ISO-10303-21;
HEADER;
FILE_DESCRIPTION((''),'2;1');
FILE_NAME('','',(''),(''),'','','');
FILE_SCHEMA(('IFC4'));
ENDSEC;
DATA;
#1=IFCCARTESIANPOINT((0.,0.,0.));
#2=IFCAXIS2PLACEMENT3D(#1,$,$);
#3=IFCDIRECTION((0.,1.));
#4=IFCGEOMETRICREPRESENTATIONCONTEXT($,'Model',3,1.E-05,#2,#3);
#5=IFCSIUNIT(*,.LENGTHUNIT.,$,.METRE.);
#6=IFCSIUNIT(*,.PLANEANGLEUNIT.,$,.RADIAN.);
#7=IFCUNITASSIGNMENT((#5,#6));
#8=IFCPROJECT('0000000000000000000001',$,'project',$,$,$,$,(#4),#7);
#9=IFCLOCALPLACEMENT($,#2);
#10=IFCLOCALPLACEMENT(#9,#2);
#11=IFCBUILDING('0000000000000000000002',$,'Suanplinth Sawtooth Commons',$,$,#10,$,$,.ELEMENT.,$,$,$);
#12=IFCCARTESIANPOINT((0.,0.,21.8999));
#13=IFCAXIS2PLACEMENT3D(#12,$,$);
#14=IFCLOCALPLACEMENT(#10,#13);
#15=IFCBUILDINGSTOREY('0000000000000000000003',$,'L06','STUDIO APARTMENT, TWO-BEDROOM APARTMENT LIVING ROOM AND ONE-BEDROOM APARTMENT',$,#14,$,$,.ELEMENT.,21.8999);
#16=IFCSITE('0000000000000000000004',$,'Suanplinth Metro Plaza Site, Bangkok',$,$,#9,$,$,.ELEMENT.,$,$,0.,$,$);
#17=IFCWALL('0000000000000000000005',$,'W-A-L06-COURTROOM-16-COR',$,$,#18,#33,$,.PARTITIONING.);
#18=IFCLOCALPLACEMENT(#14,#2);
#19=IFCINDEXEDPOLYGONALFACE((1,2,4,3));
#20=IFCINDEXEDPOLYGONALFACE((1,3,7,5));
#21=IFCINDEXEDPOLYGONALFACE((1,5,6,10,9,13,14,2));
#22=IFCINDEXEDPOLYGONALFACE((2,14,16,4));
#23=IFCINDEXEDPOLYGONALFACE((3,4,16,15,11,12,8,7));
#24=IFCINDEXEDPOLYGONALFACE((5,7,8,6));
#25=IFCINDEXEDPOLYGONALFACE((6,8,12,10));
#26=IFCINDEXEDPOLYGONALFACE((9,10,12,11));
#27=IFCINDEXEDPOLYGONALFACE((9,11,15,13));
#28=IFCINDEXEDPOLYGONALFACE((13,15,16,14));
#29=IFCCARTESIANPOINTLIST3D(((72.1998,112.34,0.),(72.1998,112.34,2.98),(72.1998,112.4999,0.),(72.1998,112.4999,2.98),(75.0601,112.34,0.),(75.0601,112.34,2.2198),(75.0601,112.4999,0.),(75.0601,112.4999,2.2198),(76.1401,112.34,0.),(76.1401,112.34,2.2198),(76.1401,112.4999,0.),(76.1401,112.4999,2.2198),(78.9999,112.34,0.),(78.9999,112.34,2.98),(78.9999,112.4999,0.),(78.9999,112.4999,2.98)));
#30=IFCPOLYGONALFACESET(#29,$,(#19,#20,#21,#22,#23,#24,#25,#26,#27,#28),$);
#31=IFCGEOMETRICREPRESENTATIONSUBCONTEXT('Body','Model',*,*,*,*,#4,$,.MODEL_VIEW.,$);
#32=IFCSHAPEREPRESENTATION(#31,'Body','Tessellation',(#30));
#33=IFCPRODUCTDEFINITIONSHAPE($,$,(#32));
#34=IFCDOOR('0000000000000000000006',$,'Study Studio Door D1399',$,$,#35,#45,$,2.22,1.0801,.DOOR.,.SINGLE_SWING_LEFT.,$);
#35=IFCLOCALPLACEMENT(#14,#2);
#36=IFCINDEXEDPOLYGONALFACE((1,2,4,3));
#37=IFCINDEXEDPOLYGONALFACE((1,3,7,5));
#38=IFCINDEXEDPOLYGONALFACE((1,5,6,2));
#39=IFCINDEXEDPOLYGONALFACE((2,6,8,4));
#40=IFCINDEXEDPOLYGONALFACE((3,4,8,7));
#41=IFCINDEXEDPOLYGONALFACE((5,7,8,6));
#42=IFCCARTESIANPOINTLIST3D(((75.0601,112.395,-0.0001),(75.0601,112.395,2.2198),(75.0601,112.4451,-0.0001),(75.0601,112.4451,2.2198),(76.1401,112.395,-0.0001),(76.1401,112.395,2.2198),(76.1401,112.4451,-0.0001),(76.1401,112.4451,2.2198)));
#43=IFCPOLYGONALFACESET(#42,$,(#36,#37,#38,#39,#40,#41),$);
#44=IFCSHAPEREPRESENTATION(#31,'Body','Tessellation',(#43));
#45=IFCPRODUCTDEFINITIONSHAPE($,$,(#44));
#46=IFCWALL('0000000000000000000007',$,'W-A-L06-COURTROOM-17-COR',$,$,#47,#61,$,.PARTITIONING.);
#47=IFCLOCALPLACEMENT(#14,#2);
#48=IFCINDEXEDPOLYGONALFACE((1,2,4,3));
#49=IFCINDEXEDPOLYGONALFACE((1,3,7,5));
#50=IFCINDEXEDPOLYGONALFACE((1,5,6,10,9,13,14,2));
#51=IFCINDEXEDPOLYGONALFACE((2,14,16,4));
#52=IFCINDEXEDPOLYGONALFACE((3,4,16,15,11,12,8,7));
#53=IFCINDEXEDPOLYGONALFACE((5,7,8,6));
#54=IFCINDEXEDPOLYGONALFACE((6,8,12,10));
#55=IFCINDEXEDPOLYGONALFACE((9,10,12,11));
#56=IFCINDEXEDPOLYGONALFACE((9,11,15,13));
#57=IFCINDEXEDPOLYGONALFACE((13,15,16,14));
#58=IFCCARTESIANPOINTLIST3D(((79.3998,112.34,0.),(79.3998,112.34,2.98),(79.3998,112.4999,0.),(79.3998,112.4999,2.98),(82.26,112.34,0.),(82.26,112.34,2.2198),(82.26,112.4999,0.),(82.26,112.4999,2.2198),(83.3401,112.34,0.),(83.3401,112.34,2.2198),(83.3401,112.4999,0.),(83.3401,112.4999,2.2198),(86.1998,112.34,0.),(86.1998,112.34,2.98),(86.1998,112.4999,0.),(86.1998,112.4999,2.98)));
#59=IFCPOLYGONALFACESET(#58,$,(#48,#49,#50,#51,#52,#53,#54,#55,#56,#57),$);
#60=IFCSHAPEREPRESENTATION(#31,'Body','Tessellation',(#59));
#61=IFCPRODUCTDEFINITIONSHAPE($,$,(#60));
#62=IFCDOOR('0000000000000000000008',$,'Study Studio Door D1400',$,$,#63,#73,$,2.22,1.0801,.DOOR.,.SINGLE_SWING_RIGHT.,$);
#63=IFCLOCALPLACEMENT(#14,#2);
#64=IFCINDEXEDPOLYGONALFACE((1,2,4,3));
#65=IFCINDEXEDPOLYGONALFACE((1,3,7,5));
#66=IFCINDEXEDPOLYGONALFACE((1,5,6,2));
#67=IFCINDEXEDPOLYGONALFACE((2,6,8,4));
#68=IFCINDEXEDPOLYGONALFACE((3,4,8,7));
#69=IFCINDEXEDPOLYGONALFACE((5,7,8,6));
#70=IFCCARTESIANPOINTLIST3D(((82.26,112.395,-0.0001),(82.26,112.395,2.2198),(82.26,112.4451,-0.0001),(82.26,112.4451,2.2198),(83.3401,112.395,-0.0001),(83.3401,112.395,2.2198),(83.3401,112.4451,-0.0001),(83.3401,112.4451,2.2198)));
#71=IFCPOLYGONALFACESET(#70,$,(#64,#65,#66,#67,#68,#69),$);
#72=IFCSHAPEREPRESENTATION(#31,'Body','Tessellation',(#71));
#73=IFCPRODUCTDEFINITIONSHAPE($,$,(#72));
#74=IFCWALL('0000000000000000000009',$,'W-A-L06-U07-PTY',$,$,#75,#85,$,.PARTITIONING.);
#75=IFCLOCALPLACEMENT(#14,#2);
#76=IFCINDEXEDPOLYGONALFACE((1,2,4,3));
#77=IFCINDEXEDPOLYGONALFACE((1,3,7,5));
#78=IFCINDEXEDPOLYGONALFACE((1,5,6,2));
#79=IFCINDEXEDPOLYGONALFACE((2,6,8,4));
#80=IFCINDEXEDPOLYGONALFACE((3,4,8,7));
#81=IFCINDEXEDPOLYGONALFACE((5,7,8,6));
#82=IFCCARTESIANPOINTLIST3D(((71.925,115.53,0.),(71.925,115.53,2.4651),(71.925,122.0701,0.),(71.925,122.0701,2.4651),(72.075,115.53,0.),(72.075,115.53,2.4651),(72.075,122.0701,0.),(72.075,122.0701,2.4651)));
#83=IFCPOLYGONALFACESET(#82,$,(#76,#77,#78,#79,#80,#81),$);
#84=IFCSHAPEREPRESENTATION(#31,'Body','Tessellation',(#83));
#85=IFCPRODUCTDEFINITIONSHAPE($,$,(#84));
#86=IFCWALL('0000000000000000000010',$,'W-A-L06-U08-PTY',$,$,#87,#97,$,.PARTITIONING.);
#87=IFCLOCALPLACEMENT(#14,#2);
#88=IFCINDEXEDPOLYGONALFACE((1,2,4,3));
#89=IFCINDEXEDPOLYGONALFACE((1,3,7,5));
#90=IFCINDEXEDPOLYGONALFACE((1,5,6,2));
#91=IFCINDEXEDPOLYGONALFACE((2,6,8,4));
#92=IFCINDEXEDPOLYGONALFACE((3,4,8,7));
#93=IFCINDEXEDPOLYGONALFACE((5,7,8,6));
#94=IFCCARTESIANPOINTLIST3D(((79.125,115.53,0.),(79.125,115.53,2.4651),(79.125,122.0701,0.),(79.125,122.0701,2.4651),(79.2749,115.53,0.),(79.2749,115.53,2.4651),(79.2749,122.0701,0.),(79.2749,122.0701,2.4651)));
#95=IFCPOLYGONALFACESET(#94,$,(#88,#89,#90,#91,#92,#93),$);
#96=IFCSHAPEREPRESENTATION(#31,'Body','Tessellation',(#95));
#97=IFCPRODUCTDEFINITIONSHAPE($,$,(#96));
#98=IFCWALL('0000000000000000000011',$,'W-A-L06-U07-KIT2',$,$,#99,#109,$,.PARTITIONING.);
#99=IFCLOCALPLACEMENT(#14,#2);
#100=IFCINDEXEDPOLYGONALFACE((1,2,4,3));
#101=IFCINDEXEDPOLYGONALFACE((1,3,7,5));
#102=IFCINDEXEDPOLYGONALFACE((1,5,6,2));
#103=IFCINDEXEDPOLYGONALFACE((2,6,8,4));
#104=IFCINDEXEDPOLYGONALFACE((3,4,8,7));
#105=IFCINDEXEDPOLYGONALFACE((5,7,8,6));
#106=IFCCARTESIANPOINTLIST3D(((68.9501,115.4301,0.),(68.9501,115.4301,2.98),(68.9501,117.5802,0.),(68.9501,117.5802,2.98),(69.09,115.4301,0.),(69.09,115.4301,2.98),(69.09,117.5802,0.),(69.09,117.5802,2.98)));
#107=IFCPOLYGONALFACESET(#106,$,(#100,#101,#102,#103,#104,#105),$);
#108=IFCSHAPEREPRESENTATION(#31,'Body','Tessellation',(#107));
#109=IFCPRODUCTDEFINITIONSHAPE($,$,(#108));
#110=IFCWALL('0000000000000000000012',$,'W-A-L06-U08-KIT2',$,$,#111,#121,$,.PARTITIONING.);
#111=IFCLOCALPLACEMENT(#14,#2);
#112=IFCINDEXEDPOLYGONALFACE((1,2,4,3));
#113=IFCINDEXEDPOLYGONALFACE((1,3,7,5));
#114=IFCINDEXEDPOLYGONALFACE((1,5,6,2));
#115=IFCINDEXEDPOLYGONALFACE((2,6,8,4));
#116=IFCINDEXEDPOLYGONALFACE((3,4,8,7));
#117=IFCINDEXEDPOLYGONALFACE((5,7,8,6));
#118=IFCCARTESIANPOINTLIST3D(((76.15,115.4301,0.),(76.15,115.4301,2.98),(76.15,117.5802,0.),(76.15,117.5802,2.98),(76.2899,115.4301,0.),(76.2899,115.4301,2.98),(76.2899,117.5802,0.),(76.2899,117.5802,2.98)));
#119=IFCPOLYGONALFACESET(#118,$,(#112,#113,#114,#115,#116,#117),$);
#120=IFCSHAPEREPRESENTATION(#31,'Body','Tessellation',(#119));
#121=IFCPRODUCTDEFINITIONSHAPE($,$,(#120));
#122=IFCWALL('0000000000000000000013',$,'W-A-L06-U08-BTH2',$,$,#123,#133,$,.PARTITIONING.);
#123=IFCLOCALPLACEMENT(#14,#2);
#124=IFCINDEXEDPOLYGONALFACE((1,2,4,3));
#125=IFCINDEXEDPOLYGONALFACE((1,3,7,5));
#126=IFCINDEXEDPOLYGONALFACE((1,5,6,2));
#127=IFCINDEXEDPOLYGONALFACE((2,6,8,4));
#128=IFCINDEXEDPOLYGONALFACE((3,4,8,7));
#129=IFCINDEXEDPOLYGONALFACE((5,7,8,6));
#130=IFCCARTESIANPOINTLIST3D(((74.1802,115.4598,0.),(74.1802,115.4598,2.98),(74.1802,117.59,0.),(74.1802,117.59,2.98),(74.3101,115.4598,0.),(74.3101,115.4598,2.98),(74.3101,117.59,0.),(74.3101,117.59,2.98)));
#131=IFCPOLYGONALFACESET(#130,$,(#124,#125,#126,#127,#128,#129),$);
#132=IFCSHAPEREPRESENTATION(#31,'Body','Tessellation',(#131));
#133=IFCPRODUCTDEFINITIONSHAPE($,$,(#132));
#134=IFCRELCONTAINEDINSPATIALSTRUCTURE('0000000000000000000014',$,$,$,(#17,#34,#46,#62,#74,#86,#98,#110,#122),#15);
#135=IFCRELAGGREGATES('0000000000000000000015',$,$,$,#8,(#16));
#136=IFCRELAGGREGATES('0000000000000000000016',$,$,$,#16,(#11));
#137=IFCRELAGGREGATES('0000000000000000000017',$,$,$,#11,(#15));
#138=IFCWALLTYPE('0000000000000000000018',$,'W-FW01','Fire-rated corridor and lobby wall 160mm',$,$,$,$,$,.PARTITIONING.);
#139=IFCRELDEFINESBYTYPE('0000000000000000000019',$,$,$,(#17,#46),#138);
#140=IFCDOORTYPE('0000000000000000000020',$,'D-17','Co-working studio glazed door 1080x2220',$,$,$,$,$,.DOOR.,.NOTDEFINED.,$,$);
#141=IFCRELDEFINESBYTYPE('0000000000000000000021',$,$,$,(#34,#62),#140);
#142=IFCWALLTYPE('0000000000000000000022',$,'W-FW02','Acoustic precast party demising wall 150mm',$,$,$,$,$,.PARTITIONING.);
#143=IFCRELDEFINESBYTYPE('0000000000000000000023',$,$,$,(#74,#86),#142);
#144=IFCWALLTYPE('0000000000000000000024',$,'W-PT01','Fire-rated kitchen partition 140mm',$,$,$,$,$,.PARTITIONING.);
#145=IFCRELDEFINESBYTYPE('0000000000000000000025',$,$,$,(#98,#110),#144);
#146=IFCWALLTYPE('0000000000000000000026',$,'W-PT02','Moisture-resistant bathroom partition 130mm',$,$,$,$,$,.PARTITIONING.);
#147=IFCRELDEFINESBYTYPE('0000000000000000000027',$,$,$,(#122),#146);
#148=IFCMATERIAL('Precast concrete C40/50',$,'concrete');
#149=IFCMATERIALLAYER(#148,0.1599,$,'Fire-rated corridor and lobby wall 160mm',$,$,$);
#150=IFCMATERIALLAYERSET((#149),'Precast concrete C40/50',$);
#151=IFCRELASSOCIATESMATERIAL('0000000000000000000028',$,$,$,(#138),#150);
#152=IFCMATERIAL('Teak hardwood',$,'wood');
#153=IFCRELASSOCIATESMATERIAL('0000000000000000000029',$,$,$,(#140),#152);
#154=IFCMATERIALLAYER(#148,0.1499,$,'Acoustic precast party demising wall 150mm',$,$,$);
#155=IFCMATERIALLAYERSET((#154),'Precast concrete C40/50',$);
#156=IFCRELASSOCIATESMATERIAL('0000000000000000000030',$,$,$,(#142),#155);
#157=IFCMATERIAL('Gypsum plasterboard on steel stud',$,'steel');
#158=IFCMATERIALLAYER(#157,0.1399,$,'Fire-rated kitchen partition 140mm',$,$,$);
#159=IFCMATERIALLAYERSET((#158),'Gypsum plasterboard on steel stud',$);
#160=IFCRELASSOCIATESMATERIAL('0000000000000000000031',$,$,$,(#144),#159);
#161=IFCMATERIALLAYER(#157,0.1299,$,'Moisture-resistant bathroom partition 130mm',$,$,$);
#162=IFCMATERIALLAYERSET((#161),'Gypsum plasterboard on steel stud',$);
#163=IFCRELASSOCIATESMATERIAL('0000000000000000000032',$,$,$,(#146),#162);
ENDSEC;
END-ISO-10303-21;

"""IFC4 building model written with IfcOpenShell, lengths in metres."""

from ifc_helpers import new_model, si_unit, direction, frame, frame_2d, origin, place, context, subcontext, project, spatial, rectangle, extrude, material, layer, layer_set, type_object, element, fill, save


model = new_model("IFC4")

# Units and contexts
model_context = context("Model", 3, precision=1e-05, world=origin(), true_north=direction((0.0, 1.0)))
body_context = subcontext(model_context, "Body", "Model", "MODEL_VIEW")
ifc_project = project(units=[si_unit("LENGTHUNIT", "METRE"), si_unit("PLANEANGLEUNIT", "RADIAN")], contexts=[model_context])

# Site, building, storey
site_placement = place(None, origin())
site = spatial("IfcSite", under=ifc_project, at=site_placement, Name="Suanplinth Metro Plaza Site, Bangkok", CompositionType="ELEMENT", RefElevation=0.0)
building_placement = place(site_placement, origin())
building = spatial("IfcBuilding", under=site, at=building_placement, Name="Suanplinth Sawtooth Commons", CompositionType="ELEMENT")
storey_placement = place(building_placement, frame((0.0, 0.0, 21.8999)))
storey = spatial("IfcBuildingStorey", under=building, at=storey_placement, Name="L06", Description="STUDIO APARTMENT, TWO-BEDROOM APARTMENT LIVING ROOM AND ONE-BEDROOM APARTMENT", CompositionType="ELEMENT", Elevation=21.8999)

# Shared definitions
ifc_material_1 = material(Name="Precast concrete C40/50", Category="concrete")

# Walls, openings, doors
ifc_layer_1 = layer(ifc_material_1, 0.1599, Name="Fire-rated corridor and lobby wall 160mm")
ifc_layer_set_1 = layer_set([ifc_layer_1], Name="Precast concrete C40/50")
wall_type_1 = type_object("IfcWallType", Name="W-FW01", Description="Fire-rated corridor and lobby wall 160mm", PredefinedType="PARTITIONING", material=ifc_layer_set_1)
wall_1_placement = place(storey_placement, frame((72.2, 112.4199, 0.0), z_axis=(0.0, 0.0, 1.0), x_axis=(1.0, 0.0, 0.0)))
wall_1 = element("IfcWall", 1, at=wall_1_placement, inside=storey, type_object=wall_type_1, Name="W-A-L06-COURTROOM-16-COR", PredefinedType="PARTITIONING", context=body_context, shape_type="SweptSolid", body=[
    extrude(rectangle(XDim=6.8, YDim=0.1599, at=frame_2d((3.3999, 0.0))), origin(), (0.0, 0.0, 1.0), 2.98),
])
opening_1_placement = place(wall_1_placement, frame((2.8601, 0.0, 0.0)))
opening_1 = element("IfcOpeningElement", 2, at=opening_1_placement, cuts=wall_1, PredefinedType="OPENING", context=body_context, shape_type="SweptSolid", body=[
    extrude(rectangle(XDim=1.0801, YDim=2.22, at=frame_2d((0.54, 1.1099))), frame((0.0, 0.0947, 0.0), z_axis=(0.0, -1.0, 0.0), x_axis=(1.0, 0.0, 0.0)), (0.0, 0.0, 1.0), 0.1897),
])
ifc_material_2 = material(Name="Teak hardwood", Category="wood")
door_type_1 = type_object("IfcDoorType", Name="D-17", Description="Co-working studio glazed door 1080x2220", OperationType="NOTDEFINED", PredefinedType="DOOR", material=ifc_material_2)
door_1_placement = place(opening_1_placement, frame((1.0801, 0.0, 0.0), z_axis=(0.0, 0.0, 1.0), x_axis=(-1.0, 0.0, 0.0)))
door_1 = element("IfcDoor", 3, at=door_1_placement, inside=storey, type_object=door_type_1, Name="Study Studio Door D1399", OperationType="SINGLE_SWING_LEFT", OverallHeight=2.22, OverallWidth=1.0801, PredefinedType="DOOR", context=body_context, shape_type="SweptSolid", body=[
    extrude(rectangle(XDim=1.0801, YDim=2.22, at=frame_2d((0.54, 1.1099))), frame((0.0, 0.0249, 0.0), z_axis=(0.0, -1.0, 0.0), x_axis=(1.0, 0.0, 0.0)), (0.0, 0.0, 1.0), 0.05),
])
fill(opening_1, door_1)
wall_2_placement = place(storey_placement, frame((79.3999, 112.4199, 0.0), z_axis=(0.0, 0.0, 1.0), x_axis=(1.0, 0.0, 0.0)))
wall_2 = element("IfcWall", 4, at=wall_2_placement, inside=storey, type_object=wall_type_1, Name="W-A-L06-COURTROOM-17-COR", PredefinedType="PARTITIONING", context=body_context, shape_type="SweptSolid", body=[
    extrude(rectangle(XDim=6.8, YDim=0.1599, at=frame_2d((3.3999, 0.0))), origin(), (0.0, 0.0, 1.0), 2.98),
])
opening_2_placement = place(wall_2_placement, frame((2.8601, 0.0, 0.0)))
opening_2 = element("IfcOpeningElement", 5, at=opening_2_placement, cuts=wall_2, PredefinedType="OPENING", context=body_context, shape_type="SweptSolid", body=[
    extrude(rectangle(XDim=1.0801, YDim=2.22, at=frame_2d((0.54, 1.1099))), frame((0.0, 0.0947, 0.0), z_axis=(0.0, -1.0, 0.0), x_axis=(1.0, 0.0, 0.0)), (0.0, 0.0, 1.0), 0.1897),
])
door_2_placement = place(opening_2_placement, frame((1.0801, 0.0, 0.0), z_axis=(0.0, 0.0, 1.0), x_axis=(-1.0, 0.0, 0.0)))
door_2 = element("IfcDoor", 6, at=door_2_placement, inside=storey, type_object=door_type_1, Name="Study Studio Door D1400", OperationType="SINGLE_SWING_RIGHT", OverallHeight=2.22, OverallWidth=1.0801, PredefinedType="DOOR", context=body_context, shape_type="SweptSolid", body=[
    extrude(rectangle(XDim=1.0801, YDim=2.22, at=frame_2d((0.54, 1.1099))), frame((0.0, 0.0249, 0.0), z_axis=(0.0, -1.0, 0.0), x_axis=(1.0, 0.0, 0.0)), (0.0, 0.0, 1.0), 0.05),
])
fill(opening_2, door_2)

# Walls
ifc_layer_2 = layer(ifc_material_1, 0.1499, Name="Acoustic precast party demising wall 150mm")
ifc_layer_set_2 = layer_set([ifc_layer_2], Name="Precast concrete C40/50")
wall_type_2 = type_object("IfcWallType", Name="W-FW02", Description="Acoustic precast party demising wall 150mm", PredefinedType="PARTITIONING", material=ifc_layer_set_2)
for number, where, z_axis, x_axis, name in (
    (7, (72.0, 115.53, 0.0), (0.0, 0.0, 1.0), (0.0, 1.0, 0.0), "W-A-L06-U07-PTY"),
    (8, (79.2, 115.53, 0.0), (0.0, 0.0, 1.0), (0.0, 1.0, 0.0), "W-A-L06-U08-PTY"),
):
    element("IfcWall", number, at=place(storey_placement, frame(where, z_axis=z_axis, x_axis=x_axis)), inside=storey, type_object=wall_type_2, Name=name, PredefinedType="PARTITIONING", context=body_context, shape_type="SweptSolid", body=[
        extrude(rectangle(XDim=6.54, YDim=0.1499, at=frame_2d((3.27, 0.0))), origin(), (0.0, 0.0, 1.0), 2.4651),
    ])
ifc_material_3 = material(Name="Gypsum plasterboard on steel stud", Category="steel")
ifc_layer_3 = layer(ifc_material_3, 0.1399, Name="Fire-rated kitchen partition 140mm")
ifc_layer_set_3 = layer_set([ifc_layer_3], Name="Gypsum plasterboard on steel stud")
wall_type_3 = type_object("IfcWallType", Name="W-PT01", Description="Fire-rated kitchen partition 140mm", PredefinedType="PARTITIONING", material=ifc_layer_set_3)
for number, where, z_axis, x_axis, name in (
    (9, (69.02, 115.4299, 0.0), (0.0, 0.0, 1.0), (0.0, 1.0, 0.0), "W-A-L06-U07-KIT2"),
    (10, (76.22, 115.4299, 0.0), (0.0, 0.0, 1.0), (0.0, 1.0, 0.0), "W-A-L06-U08-KIT2"),
):
    element("IfcWall", number, at=place(storey_placement, frame(where, z_axis=z_axis, x_axis=x_axis)), inside=storey, type_object=wall_type_3, Name=name, PredefinedType="PARTITIONING", context=body_context, shape_type="SweptSolid", body=[
        extrude(rectangle(XDim=2.1501, YDim=0.1399, at=frame_2d((1.0752, 0.0))), origin(), (0.0, 0.0, 1.0), 2.98),
    ])
ifc_layer_4 = layer(ifc_material_3, 0.1299, Name="Moisture-resistant bathroom partition 130mm")
ifc_layer_set_4 = layer_set([ifc_layer_4], Name="Gypsum plasterboard on steel stud")
wall_type_4 = type_object("IfcWallType", Name="W-PT02", Description="Moisture-resistant bathroom partition 130mm", PredefinedType="PARTITIONING", material=ifc_layer_set_4)
wall_3_placement = place(storey_placement, frame((74.2451, 115.46, 0.0), z_axis=(0.0, 0.0, 1.0), x_axis=(0.0, 1.0, 0.0)))
element("IfcWall", 11, at=wall_3_placement, inside=storey, type_object=wall_type_4, Name="W-A-L06-U08-BTH2", PredefinedType="PARTITIONING", context=body_context, shape_type="SweptSolid", body=[
    extrude(rectangle(XDim=2.1301, YDim=0.1299, at=frame_2d((1.0649, 0.0))), origin(), (0.0, 0.0, 1.0), 2.98),
])

save(model, "model.ifc")
